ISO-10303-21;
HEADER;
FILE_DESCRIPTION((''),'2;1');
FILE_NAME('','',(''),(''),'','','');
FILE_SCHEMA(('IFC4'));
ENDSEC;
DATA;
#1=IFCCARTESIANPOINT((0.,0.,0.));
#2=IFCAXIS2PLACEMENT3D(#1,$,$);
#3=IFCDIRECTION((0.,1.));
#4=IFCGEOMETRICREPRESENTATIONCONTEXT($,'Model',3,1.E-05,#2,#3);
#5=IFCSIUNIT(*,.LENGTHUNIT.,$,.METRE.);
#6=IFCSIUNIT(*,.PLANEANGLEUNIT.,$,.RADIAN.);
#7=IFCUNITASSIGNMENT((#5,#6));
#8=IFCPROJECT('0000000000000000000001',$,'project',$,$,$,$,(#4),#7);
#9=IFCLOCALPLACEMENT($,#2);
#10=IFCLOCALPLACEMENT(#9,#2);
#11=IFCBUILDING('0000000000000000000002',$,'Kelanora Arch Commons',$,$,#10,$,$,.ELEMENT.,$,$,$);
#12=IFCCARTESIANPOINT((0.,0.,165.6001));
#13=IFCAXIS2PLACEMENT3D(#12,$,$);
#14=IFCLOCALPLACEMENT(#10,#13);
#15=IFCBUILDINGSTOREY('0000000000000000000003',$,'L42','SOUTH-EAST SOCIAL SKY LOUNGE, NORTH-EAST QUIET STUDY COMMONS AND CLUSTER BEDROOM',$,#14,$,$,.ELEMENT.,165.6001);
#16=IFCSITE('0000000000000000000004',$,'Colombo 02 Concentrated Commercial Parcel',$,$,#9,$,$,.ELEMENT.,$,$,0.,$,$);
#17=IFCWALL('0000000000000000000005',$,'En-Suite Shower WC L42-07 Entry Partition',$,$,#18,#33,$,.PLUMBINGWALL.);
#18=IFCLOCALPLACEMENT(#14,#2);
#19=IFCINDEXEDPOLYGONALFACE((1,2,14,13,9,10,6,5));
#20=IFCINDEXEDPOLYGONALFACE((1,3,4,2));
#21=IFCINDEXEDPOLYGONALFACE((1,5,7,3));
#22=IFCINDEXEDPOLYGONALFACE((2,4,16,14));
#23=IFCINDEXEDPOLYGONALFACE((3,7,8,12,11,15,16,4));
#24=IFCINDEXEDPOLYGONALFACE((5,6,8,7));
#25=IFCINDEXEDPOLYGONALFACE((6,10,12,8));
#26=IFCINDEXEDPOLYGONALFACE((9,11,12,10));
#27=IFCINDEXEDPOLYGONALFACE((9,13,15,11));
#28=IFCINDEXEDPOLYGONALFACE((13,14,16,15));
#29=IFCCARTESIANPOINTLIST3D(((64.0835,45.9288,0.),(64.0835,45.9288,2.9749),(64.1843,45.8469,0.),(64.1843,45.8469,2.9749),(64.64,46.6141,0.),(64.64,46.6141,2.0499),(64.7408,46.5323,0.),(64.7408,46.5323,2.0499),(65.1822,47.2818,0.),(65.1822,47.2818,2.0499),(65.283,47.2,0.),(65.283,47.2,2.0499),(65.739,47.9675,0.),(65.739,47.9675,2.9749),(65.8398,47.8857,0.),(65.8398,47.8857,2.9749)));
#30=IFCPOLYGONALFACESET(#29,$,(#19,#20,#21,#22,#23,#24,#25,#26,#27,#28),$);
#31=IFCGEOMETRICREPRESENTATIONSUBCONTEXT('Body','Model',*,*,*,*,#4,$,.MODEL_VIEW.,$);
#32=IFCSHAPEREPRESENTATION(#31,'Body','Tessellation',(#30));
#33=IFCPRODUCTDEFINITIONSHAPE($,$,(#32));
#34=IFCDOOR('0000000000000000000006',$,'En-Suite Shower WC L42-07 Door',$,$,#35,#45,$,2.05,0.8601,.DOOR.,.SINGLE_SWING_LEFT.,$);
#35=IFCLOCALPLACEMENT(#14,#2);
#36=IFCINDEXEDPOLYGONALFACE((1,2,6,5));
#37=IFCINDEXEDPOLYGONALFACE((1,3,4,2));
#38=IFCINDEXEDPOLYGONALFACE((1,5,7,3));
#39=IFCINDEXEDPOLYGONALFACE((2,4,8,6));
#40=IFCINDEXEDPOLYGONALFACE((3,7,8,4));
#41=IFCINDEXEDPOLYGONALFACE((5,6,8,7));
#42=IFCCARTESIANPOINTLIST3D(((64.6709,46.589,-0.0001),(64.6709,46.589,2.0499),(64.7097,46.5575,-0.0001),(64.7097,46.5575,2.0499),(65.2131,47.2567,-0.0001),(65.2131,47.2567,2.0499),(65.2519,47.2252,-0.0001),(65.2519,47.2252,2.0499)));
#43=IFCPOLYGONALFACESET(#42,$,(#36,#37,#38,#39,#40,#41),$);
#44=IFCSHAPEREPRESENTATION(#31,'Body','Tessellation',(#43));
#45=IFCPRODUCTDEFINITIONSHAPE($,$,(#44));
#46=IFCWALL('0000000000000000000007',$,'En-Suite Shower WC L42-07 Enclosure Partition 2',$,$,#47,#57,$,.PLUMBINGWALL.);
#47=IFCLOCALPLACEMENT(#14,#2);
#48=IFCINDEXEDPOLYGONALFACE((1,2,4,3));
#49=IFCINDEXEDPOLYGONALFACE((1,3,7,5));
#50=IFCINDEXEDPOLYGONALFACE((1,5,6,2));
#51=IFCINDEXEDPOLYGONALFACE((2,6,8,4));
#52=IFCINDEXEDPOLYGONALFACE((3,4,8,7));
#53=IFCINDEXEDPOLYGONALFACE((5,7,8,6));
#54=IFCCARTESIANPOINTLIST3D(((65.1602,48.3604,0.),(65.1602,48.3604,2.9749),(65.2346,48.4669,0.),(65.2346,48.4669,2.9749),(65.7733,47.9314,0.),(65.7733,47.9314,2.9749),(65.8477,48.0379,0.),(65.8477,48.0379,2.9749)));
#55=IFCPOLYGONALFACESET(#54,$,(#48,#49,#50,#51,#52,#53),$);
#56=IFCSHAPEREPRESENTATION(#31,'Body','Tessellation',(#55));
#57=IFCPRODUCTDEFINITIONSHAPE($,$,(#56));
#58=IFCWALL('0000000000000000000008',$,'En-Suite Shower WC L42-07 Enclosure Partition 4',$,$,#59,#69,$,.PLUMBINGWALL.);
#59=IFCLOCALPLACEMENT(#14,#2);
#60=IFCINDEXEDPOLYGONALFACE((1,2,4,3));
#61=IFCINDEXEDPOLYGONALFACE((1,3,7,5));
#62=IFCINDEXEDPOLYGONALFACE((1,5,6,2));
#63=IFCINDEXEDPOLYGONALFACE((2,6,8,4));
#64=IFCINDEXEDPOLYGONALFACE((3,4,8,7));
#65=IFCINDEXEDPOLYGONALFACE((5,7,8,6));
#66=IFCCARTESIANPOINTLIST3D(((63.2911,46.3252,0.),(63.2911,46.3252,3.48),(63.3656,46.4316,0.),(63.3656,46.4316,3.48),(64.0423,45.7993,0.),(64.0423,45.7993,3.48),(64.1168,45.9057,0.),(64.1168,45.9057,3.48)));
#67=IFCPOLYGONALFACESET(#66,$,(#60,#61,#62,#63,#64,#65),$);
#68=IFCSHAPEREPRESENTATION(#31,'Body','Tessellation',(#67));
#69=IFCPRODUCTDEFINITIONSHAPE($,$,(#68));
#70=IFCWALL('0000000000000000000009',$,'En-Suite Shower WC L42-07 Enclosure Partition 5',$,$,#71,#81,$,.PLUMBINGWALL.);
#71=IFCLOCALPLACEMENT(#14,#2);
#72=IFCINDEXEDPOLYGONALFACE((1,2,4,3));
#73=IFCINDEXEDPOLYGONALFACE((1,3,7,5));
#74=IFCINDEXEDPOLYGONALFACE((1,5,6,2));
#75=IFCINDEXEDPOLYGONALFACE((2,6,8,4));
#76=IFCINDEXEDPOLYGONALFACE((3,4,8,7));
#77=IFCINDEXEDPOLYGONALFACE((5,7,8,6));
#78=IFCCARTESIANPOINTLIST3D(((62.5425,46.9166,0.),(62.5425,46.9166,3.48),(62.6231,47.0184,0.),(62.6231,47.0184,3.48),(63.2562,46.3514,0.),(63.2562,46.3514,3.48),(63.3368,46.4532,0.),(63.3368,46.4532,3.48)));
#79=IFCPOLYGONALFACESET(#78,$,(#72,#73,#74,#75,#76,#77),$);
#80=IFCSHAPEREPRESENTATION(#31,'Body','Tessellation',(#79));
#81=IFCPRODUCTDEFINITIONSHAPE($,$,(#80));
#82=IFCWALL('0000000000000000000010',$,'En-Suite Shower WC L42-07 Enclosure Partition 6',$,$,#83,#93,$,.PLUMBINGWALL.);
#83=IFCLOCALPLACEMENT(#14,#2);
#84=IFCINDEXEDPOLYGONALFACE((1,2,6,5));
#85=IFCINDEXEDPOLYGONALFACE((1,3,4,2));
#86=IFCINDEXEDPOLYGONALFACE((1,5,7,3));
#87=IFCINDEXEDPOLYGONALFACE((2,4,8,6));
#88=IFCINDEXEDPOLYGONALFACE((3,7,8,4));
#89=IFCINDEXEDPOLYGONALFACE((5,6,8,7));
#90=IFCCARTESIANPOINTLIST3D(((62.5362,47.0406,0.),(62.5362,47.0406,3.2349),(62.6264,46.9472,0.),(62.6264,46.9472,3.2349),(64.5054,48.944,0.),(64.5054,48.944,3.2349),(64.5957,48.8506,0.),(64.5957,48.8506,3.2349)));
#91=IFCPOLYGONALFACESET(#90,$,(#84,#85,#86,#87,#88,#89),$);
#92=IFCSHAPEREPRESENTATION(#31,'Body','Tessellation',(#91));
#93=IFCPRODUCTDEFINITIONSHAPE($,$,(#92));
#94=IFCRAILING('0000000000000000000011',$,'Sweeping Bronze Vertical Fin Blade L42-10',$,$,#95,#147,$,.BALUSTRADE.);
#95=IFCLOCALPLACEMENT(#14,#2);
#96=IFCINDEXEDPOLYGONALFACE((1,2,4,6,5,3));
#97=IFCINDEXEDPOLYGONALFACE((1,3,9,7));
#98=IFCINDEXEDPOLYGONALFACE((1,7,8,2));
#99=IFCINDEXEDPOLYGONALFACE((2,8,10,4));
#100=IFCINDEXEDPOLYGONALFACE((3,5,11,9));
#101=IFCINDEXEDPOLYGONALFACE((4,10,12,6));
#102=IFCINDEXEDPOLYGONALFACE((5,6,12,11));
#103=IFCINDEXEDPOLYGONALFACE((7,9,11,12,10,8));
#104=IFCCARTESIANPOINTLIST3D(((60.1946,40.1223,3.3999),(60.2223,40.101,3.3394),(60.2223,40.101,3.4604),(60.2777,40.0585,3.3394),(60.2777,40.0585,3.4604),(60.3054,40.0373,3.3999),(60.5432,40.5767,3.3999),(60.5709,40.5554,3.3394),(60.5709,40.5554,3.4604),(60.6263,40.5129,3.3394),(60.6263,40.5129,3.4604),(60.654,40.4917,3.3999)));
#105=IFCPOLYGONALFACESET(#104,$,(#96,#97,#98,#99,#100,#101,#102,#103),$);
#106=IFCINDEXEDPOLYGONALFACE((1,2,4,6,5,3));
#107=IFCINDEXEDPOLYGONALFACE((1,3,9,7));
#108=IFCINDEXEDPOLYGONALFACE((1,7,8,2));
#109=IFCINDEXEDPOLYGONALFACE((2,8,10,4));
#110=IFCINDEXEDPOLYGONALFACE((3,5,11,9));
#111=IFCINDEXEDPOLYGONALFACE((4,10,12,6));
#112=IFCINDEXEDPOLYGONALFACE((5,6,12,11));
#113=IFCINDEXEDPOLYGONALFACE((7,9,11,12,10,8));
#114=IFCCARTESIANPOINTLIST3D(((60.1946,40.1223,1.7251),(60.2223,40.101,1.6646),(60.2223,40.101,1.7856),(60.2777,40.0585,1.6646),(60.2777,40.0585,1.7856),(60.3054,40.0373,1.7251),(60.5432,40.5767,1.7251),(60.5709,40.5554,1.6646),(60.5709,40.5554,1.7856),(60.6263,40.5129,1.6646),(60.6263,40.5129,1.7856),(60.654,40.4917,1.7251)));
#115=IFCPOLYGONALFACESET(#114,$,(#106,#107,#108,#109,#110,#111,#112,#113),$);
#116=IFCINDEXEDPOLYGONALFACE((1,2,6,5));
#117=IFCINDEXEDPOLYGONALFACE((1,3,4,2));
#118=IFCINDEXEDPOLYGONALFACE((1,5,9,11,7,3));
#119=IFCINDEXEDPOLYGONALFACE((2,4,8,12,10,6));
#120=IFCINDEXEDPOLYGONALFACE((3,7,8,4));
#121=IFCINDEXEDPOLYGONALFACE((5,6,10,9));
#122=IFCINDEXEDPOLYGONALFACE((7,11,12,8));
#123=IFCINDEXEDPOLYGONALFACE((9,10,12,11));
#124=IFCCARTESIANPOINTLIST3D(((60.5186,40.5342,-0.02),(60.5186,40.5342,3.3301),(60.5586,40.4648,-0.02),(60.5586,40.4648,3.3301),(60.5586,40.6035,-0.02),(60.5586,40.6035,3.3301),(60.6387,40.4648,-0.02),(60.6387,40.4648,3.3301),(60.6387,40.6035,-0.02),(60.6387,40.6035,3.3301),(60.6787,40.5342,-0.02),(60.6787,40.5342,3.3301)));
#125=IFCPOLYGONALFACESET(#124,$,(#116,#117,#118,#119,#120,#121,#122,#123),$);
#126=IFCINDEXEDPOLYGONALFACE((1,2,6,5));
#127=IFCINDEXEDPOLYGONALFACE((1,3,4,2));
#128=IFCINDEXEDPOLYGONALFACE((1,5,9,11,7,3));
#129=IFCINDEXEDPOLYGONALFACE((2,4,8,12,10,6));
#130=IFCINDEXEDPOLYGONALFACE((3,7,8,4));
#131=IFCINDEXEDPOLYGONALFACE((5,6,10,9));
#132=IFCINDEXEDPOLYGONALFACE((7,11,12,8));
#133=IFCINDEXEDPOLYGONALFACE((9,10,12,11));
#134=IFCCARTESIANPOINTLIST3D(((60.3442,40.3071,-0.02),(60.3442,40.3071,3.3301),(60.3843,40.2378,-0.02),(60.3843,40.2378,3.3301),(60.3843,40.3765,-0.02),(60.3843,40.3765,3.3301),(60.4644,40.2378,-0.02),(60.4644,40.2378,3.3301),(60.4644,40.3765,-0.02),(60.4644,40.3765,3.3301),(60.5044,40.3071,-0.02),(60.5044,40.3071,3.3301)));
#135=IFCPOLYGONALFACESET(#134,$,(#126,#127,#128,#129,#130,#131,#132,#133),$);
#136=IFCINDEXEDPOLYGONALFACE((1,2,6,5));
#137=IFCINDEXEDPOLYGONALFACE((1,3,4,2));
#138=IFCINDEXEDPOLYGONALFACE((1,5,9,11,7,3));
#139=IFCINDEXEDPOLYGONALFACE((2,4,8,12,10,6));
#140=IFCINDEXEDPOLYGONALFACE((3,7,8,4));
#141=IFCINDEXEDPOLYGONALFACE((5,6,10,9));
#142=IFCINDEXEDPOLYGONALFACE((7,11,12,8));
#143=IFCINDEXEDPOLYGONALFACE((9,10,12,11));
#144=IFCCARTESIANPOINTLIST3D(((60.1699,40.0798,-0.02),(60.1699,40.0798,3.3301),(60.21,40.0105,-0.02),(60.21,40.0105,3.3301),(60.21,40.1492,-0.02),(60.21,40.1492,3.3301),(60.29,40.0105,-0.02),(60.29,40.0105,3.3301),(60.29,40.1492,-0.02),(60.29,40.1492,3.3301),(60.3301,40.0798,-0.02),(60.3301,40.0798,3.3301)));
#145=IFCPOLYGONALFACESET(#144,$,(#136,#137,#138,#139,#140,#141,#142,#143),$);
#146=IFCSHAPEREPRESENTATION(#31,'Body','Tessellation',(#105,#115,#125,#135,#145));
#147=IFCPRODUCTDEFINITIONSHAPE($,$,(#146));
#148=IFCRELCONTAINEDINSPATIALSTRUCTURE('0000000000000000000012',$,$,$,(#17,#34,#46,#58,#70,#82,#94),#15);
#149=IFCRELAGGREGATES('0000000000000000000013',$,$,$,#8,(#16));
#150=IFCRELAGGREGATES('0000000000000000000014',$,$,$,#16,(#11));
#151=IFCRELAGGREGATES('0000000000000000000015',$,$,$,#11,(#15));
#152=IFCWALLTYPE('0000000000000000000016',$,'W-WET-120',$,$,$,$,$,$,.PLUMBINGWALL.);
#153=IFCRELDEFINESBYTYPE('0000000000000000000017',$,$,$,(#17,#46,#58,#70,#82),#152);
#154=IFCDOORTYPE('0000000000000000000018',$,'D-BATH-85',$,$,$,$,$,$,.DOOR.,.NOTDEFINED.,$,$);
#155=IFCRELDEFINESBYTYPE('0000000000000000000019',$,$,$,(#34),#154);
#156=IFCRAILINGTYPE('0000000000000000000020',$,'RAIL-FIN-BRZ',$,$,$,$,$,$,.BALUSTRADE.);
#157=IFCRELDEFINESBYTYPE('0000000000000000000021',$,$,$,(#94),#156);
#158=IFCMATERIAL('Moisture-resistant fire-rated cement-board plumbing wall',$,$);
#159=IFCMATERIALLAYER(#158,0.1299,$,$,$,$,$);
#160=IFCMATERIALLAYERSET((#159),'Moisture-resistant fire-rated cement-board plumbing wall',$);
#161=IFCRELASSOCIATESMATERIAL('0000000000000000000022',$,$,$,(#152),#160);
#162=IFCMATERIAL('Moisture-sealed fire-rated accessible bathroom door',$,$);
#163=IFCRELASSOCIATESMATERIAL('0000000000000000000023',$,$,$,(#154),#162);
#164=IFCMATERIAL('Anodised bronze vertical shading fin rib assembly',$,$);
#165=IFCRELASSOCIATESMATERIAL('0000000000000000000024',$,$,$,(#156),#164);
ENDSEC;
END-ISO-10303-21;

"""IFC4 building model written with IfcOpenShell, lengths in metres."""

from ifc_helpers import new_model, si_unit, direction, frame, frame_2d, origin, place, context, subcontext, project, spatial, polyline, rectangle, outline, extrude, material, layer, layer_set, type_object, element, fill, save


model = new_model("IFC4")

# Units and contexts
model_context = context("Model", 3, precision=1e-05, world=origin(), true_north=direction((0.0, 1.0)))
body_context = subcontext(model_context, "Body", "Model", "MODEL_VIEW")
ifc_project = project(units=[si_unit("LENGTHUNIT", "METRE"), si_unit("PLANEANGLEUNIT", "RADIAN")], contexts=[model_context])

# Site, building, storey
site_placement = place(None, origin())
site = spatial("IfcSite", under=ifc_project, at=site_placement, Name="Colombo 02 Concentrated Commercial Parcel", CompositionType="ELEMENT", RefElevation=0.0)
building_placement = place(site_placement, origin())
building = spatial("IfcBuilding", under=site, at=building_placement, Name="Kelanora Arch Commons", CompositionType="ELEMENT")
storey_placement = place(building_placement, frame((0.0, 0.0, 165.6001)))
storey = spatial("IfcBuildingStorey", under=building, at=storey_placement, Name="L42", Description="SOUTH-EAST SOCIAL SKY LOUNGE, NORTH-EAST QUIET STUDY COMMONS AND CLUSTER BEDROOM", CompositionType="ELEMENT", Elevation=165.6001)

# Wall, opening, door
ifc_material_1 = material(Name="Moisture-resistant fire-rated cement-board plumbing wall")
ifc_layer_1 = layer(ifc_material_1, 0.1299)
ifc_layer_set_1 = layer_set([ifc_layer_1], Name="Moisture-resistant fire-rated cement-board plumbing wall")
wall_type_1 = type_object("IfcWallType", Name="W-WET-120", PredefinedType="PLUMBINGWALL", material=ifc_layer_set_1)
wall_1_placement = place(storey_placement, frame((65.7893, 47.9265, 0.0), z_axis=(0.0, 0.0, 1.0), x_axis=(-0.630358, -0.776304, 0.0)))
wall_1 = element("IfcWall", 1, at=wall_1_placement, inside=storey, type_object=wall_type_1, Name="En-Suite Shower WC L42-07 Entry Partition", PredefinedType="PLUMBINGWALL", context=body_context, shape_type="SweptSolid", body=[
    extrude(rectangle(XDim=2.6262, YDim=0.1299, at=frame_2d((1.313, 0.0))), origin(), (0.0, 0.0, 1.0), 2.9749),
])
opening_1_placement = place(wall_1_placement, frame((0.8831, 0.0, 0.0)))
opening_1 = element("IfcOpeningElement", 2, at=opening_1_placement, cuts=wall_1, PredefinedType="OPENING", context=body_context, shape_type="SweptSolid", body=[
    extrude(rectangle(XDim=0.8601, YDim=2.05, at=frame_2d((0.4302, 1.0249))), frame((0.0, 0.075, 0.0), z_axis=(0.0, -1.0, 0.0), x_axis=(1.0, 0.0, 0.0)), (0.0, 0.0, 1.0), 0.1499),
])
ifc_material_2 = material(Name="Moisture-sealed fire-rated accessible bathroom door")
door_type_1 = type_object("IfcDoorType", Name="D-BATH-85", OperationType="NOTDEFINED", PredefinedType="DOOR", material=ifc_material_2)
door_1_placement = place(opening_1_placement, origin())
door_1 = element("IfcDoor", 3, at=door_1_placement, inside=storey, type_object=door_type_1, Name="En-Suite Shower WC L42-07 Door", OperationType="SINGLE_SWING_LEFT", OverallHeight=2.05, OverallWidth=0.8601, PredefinedType="DOOR", context=body_context, shape_type="SweptSolid", body=[
    extrude(rectangle(XDim=0.8601, YDim=2.05, at=frame_2d((0.4302, 1.0249))), frame((0.0, 0.0249, 0.0), z_axis=(0.0, -1.0, 0.0), x_axis=(1.0, 0.0, 0.0)), (0.0, 0.0, 1.0), 0.05),
])
fill(opening_1, door_1)

# Walls
wall_2_placement = place(storey_placement, frame((65.1975, 48.4136, 0.0), z_axis=(0.0, 0.0, 1.0), x_axis=(0.819339, -0.573309, 0.0)))
element("IfcWall", 4, at=wall_2_placement, inside=storey, type_object=wall_type_1, Name="En-Suite Shower WC L42-07 Enclosure Partition 2", PredefinedType="PLUMBINGWALL", context=body_context, shape_type="SweptSolid", body=[
    extrude(rectangle(XDim=0.7483, YDim=0.1299, at=frame_2d((0.374, 0.0))), origin(), (0.0, 0.0, 1.0), 2.9749),
])
wall_3_placement = place(storey_placement, frame((64.0796, 45.8525, 0.0), z_axis=(0.0, 0.0, 1.0), x_axis=(-0.819219, 0.57348, 0.0)))
element("IfcWall", 5, at=wall_3_placement, inside=storey, type_object=wall_type_1, Name="En-Suite Shower WC L42-07 Enclosure Partition 4", PredefinedType="PLUMBINGWALL", context=body_context, shape_type="SweptSolid", body=[
    extrude(rectangle(XDim=0.917, YDim=0.1299, at=frame_2d((0.4585, 0.0))), origin(), (0.0, 0.0, 1.0), 3.48),
])
wall_4_placement = place(storey_placement, frame((63.2964, 46.4023, 0.0), z_axis=(0.0, 0.0, 1.0), x_axis=(-0.783921, 0.620861, 0.0)))
element("IfcWall", 6, at=wall_4_placement, inside=storey, type_object=wall_type_1, Name="En-Suite Shower WC L42-07 Enclosure Partition 5", PredefinedType="PLUMBINGWALL", context=body_context, shape_type="SweptSolid", body=[
    extrude(rectangle(XDim=0.9104, YDim=0.1299, at=frame_2d((0.4551, 0.0))), origin(), (0.0, 0.0, 1.0), 3.48),
])
wall_5_placement = place(storey_placement, frame((62.5813, 46.9939, 0.0), z_axis=(0.0, 0.0, 1.0), x_axis=(0.719039, 0.69497, 0.0)))
element("IfcWall", 7, at=wall_5_placement, inside=storey, type_object=wall_type_1, Name="En-Suite Shower WC L42-07 Enclosure Partition 6", PredefinedType="PLUMBINGWALL", context=body_context, shape_type="SweptSolid", body=[
    extrude(rectangle(XDim=2.7388, YDim=0.1299, at=frame_2d((1.3694, 0.0))), origin(), (0.0, 0.0, 1.0), 3.2349),
])

# Railing
ifc_material_3 = material(Name="Anodised bronze vertical shading fin rib assembly")
railing_type = type_object("IfcRailingType", Name="RAIL-FIN-BRZ", PredefinedType="BALUSTRADE", material=ifc_material_3)
railing_1_placement = place(storey_placement, frame((60.5986, 40.5342, -0.02)))
element("IfcRailing", 8, at=railing_1_placement, inside=storey, type_object=railing_type, Name="Sweeping Bronze Vertical Fin Blade L42-10", PredefinedType="BALUSTRADE", context=body_context, shape_type="SweptSolid", body=[
    extrude(outline(polyline([(0.0698, 0.0), (0.0349, 0.0605), (-0.0349, 0.0605), (-0.0698, 0.0), (-0.0349, -0.0605), (0.0349, -0.0605), (0.0698, 0.0)])), frame((0.0, 0.0, 3.4199), z_axis=(-0.608763, -0.793352, 0.0), x_axis=(0.793352, -0.608763, 0.0)), (0.0, 0.0, 1.0), 0.5728),
    extrude(outline(polyline([(0.0698, 0.0), (0.0349, 0.0605), (-0.0349, 0.0605), (-0.0698, 0.0), (-0.0349, -0.0605), (0.0349, -0.0605), (0.0698, 0.0)])), frame((0.0, 0.0, 1.7451), z_axis=(-0.608763, -0.793352, 0.0), x_axis=(0.793352, -0.608763, 0.0)), (0.0, 0.0, 1.0), 0.5728),
    extrude(outline(polyline([(0.0801, 0.0), (0.04, 0.0693), (-0.04, 0.0693), (-0.0801, 0.0), (-0.04, -0.0693), (0.04, -0.0693), (0.0801, 0.0)])), origin(), (0.0, 0.0, 1.0), 3.3501),
    extrude(outline(polyline([(0.0801, 0.0), (0.04, 0.0693), (-0.04, 0.0693), (-0.0801, 0.0), (-0.04, -0.0693), (0.04, -0.0693), (0.0801, 0.0)])), frame((-0.1743, -0.2271, 0.0)), (0.0, 0.0, 1.0), 3.3501),
    extrude(outline(polyline([(0.0801, 0.0), (0.04, 0.0693), (-0.04, 0.0693), (-0.0801, 0.0), (-0.04, -0.0693), (0.04, -0.0693), (0.0801, 0.0)])), frame((-0.3486, -0.4543, 0.0)), (0.0, 0.0, 1.0), 3.3501),
])

save(model, "model.ifc")
